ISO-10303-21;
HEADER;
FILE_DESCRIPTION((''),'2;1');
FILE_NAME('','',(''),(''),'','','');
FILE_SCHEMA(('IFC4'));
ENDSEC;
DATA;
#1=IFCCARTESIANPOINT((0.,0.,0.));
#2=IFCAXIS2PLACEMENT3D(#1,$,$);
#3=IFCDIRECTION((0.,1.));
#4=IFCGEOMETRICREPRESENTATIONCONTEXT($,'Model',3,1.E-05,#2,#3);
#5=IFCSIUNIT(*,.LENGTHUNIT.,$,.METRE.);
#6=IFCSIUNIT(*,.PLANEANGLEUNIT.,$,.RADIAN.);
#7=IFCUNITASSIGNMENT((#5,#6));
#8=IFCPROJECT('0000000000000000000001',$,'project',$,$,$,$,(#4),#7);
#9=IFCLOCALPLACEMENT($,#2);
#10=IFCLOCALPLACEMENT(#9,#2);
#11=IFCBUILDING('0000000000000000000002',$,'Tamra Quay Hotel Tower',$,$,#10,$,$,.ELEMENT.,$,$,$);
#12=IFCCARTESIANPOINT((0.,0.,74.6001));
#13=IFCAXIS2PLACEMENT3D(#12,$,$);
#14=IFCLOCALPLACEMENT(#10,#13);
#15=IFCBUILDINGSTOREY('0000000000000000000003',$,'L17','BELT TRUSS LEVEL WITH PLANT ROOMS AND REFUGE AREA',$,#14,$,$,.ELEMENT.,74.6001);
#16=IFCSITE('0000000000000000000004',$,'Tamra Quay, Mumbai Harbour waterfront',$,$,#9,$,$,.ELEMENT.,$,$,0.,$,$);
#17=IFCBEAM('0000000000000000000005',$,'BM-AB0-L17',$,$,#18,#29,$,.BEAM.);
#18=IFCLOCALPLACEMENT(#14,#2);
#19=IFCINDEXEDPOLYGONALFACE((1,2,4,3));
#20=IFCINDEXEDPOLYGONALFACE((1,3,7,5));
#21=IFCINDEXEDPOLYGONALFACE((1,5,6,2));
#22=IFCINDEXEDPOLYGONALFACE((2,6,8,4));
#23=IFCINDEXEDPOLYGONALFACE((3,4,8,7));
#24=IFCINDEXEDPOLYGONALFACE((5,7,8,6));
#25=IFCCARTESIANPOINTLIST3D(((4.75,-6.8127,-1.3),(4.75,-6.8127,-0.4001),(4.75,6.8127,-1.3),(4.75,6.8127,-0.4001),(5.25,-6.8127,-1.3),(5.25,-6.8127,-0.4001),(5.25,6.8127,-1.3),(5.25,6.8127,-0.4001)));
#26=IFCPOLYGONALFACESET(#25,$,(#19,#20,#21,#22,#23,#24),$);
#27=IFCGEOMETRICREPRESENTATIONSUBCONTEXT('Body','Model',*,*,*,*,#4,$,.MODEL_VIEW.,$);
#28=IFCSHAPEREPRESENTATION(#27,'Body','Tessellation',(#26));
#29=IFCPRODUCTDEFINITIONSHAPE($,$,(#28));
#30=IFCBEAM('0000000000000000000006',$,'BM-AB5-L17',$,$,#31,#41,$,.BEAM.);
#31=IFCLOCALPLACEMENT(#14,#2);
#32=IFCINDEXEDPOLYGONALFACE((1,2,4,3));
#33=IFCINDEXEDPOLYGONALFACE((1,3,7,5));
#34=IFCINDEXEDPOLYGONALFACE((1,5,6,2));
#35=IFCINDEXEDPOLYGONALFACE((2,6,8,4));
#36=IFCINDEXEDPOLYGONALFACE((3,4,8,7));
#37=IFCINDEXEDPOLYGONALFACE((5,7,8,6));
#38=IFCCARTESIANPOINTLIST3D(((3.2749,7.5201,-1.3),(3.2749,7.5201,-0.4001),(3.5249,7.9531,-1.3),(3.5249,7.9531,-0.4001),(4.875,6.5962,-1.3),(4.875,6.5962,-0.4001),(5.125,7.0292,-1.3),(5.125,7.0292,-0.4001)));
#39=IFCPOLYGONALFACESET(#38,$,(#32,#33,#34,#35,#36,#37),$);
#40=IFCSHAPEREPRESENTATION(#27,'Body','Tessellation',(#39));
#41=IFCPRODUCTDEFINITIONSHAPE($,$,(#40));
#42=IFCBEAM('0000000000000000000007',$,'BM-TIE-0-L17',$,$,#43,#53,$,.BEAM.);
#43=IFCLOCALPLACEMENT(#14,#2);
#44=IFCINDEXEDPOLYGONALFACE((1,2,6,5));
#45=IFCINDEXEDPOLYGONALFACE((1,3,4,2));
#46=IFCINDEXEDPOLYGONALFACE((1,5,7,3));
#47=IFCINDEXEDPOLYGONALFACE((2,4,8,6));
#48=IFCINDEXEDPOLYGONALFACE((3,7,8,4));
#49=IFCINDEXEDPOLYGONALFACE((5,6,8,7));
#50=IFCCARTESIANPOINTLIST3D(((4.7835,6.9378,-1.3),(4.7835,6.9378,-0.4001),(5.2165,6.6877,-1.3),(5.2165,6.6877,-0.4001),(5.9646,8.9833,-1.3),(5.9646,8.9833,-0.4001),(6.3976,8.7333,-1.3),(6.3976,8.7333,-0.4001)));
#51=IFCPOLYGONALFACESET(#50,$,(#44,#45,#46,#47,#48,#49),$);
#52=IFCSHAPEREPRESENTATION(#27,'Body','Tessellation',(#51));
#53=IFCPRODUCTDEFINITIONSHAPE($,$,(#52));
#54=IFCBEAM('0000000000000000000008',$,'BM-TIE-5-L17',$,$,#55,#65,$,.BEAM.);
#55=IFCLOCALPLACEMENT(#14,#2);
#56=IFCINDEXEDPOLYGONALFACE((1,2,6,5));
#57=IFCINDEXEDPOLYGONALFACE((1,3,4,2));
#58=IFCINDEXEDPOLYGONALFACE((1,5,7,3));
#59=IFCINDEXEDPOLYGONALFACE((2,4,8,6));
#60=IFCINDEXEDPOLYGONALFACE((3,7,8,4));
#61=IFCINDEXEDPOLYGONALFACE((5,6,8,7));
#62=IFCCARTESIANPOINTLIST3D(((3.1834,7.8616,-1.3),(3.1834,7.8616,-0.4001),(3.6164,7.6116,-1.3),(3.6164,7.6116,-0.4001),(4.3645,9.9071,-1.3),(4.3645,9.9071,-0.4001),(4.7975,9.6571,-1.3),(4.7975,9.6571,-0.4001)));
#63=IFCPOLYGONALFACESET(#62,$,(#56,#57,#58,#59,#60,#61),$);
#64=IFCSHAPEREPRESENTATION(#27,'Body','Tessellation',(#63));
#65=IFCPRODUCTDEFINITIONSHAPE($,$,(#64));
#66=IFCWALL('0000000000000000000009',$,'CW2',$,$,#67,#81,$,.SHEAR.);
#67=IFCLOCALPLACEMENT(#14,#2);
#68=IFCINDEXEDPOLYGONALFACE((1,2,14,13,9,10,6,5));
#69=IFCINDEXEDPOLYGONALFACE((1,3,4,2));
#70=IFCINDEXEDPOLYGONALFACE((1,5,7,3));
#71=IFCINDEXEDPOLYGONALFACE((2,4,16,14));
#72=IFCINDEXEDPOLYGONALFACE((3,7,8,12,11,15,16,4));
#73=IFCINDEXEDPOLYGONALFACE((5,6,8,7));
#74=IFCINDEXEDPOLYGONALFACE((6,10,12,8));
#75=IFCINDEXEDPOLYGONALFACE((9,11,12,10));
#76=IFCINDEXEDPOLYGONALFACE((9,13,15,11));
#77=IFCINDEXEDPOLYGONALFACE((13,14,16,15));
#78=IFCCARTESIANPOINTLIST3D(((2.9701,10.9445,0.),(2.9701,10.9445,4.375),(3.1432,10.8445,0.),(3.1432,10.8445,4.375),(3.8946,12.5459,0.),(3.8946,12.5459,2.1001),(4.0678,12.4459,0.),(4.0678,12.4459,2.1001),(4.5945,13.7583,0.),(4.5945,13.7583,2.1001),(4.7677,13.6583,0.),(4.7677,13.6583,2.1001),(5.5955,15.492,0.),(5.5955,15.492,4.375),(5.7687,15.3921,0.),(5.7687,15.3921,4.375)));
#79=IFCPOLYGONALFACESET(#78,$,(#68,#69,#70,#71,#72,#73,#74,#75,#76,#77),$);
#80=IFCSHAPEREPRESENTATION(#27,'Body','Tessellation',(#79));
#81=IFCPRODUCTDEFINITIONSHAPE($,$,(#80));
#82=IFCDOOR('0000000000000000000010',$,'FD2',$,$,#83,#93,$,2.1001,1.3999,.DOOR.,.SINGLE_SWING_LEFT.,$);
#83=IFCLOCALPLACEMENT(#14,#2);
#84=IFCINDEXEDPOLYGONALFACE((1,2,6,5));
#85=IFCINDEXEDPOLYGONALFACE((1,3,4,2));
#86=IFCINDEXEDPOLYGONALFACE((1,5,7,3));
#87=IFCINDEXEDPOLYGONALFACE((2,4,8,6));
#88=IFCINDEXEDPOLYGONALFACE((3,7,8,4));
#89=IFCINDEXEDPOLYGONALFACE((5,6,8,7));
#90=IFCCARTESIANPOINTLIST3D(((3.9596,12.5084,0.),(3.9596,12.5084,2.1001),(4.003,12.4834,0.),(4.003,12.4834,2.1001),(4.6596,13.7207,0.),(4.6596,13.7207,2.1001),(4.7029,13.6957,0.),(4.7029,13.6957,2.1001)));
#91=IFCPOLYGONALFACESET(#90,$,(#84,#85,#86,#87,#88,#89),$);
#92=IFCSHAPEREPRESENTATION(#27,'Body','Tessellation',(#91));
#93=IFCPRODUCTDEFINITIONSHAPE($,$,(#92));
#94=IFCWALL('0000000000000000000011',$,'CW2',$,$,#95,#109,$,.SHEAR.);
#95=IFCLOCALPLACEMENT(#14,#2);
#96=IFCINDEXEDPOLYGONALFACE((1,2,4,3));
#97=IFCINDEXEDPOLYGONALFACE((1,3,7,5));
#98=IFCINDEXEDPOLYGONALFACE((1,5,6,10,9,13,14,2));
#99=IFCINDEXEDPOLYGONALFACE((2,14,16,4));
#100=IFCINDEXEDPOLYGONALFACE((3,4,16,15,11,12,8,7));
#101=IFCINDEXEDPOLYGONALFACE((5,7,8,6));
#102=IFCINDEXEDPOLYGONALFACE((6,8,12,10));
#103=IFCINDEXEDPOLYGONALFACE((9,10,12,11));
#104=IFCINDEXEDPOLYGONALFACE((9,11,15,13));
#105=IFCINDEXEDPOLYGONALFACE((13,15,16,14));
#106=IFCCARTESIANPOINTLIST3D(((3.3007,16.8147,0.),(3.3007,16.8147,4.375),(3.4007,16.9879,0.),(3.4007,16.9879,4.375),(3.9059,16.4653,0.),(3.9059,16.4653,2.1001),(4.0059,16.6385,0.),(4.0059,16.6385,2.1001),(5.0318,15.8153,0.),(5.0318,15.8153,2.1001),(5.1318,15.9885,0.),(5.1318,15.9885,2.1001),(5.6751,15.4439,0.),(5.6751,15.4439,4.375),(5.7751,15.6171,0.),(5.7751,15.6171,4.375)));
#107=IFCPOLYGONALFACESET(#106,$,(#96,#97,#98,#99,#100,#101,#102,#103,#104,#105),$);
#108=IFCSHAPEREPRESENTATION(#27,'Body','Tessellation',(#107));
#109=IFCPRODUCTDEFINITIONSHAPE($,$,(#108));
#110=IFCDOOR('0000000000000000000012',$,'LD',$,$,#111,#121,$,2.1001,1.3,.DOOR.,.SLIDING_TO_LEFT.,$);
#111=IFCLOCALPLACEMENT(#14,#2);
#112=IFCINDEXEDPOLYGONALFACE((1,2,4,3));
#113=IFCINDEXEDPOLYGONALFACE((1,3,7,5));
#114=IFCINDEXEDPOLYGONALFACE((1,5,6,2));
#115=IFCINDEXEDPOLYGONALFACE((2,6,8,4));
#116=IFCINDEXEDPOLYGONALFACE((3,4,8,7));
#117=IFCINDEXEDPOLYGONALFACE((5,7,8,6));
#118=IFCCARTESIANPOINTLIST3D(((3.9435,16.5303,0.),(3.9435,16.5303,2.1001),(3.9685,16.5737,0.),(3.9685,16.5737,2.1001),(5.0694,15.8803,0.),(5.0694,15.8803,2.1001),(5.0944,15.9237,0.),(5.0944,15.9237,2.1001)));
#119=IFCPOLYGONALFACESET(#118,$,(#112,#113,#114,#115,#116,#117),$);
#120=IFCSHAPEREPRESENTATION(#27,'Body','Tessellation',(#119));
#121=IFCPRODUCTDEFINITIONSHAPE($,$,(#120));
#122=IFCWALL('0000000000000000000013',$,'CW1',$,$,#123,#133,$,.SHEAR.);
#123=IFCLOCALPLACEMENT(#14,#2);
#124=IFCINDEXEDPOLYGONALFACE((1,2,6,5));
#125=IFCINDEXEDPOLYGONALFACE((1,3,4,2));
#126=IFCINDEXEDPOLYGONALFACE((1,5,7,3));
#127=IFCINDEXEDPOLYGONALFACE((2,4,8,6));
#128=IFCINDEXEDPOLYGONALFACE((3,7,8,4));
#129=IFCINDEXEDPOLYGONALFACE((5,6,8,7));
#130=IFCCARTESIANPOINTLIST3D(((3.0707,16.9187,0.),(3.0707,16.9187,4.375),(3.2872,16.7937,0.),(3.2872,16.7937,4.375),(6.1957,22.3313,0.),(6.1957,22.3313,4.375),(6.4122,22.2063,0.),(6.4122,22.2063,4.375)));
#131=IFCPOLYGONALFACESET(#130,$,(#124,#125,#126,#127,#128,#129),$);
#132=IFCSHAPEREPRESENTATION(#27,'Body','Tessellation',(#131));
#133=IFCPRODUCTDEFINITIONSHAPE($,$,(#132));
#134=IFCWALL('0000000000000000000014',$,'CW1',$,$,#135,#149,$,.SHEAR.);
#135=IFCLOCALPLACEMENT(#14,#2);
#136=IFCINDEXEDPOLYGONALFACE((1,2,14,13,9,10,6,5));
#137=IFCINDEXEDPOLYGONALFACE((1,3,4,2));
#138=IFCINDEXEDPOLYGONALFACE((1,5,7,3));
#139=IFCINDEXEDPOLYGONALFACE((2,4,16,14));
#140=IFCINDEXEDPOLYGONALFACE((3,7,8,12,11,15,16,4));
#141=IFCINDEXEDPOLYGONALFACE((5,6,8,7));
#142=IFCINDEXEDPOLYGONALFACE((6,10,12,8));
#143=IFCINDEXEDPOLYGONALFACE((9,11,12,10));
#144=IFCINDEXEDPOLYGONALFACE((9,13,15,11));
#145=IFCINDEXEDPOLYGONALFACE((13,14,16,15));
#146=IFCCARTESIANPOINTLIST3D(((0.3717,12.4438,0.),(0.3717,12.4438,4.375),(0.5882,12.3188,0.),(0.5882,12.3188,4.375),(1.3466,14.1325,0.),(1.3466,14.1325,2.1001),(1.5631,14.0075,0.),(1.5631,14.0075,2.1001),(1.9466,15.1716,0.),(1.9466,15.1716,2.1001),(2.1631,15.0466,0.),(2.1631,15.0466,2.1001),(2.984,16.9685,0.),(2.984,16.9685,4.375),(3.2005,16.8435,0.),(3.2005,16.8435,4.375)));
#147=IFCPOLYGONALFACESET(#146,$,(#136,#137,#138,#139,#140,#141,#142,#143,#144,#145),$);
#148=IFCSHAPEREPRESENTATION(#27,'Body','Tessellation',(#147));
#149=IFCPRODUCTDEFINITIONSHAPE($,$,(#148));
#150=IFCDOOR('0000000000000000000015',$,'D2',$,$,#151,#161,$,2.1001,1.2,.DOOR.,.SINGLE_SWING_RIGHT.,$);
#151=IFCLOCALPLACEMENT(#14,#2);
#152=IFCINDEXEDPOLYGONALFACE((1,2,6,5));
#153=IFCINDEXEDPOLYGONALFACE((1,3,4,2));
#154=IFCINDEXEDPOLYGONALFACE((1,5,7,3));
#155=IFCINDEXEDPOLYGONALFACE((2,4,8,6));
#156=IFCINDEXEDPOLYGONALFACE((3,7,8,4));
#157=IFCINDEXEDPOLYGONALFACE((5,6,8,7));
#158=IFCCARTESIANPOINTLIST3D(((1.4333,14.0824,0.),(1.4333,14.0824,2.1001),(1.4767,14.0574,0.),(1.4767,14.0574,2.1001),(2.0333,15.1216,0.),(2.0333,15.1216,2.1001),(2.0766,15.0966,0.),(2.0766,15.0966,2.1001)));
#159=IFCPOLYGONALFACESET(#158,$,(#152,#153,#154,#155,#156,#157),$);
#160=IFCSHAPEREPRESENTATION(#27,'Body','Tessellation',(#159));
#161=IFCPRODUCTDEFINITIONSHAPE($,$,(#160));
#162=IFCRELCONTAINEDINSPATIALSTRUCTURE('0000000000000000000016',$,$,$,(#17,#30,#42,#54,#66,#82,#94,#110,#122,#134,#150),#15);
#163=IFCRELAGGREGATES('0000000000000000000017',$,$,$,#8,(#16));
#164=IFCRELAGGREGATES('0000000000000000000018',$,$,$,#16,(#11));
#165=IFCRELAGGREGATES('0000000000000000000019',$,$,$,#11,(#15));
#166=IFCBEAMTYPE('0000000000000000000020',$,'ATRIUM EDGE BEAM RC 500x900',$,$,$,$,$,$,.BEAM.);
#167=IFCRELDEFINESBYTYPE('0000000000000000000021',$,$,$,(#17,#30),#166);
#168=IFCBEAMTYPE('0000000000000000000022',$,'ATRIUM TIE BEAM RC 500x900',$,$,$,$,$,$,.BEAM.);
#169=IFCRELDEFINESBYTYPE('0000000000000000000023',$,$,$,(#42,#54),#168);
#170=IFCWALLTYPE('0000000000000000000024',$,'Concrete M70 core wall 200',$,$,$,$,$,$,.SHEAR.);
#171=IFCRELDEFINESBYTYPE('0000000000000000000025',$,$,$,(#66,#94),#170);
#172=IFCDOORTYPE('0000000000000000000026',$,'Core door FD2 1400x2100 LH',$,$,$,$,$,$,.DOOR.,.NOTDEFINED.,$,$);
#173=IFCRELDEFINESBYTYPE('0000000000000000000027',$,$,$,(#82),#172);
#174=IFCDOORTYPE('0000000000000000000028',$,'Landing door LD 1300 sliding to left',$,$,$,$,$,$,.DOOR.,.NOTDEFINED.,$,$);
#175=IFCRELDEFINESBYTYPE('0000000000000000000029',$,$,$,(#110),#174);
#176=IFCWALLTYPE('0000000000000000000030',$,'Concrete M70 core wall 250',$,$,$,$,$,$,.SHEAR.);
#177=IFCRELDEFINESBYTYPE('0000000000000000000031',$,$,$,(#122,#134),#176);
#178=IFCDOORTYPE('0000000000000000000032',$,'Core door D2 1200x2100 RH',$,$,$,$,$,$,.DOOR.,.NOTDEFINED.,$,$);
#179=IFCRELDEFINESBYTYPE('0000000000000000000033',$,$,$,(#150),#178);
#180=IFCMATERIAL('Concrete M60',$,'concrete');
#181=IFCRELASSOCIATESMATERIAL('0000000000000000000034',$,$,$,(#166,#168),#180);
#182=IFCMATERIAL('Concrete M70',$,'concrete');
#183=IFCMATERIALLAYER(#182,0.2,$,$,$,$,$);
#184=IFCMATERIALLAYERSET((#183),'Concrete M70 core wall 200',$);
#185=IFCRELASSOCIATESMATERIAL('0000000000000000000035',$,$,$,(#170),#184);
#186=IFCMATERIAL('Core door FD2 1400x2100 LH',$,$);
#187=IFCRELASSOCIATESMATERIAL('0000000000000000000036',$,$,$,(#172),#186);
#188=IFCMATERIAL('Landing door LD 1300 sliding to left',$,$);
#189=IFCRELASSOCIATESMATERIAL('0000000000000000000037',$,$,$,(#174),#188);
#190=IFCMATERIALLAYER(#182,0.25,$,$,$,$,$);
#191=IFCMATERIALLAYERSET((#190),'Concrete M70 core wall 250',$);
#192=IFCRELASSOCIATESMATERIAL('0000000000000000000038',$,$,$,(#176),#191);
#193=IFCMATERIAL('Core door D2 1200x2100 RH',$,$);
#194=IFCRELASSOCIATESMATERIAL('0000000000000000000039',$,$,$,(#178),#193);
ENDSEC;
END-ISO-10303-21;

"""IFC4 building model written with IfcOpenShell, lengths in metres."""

from ifc_helpers import new_model, si_unit, direction, frame, frame_2d, origin, origin_2d, place, context, subcontext, project, spatial, rectangle, extrude, material, layer, layer_set, material_profile, profile_set, type_object, element, fill, save


model = new_model("IFC4")

# Units and contexts
model_context = context("Model", 3, precision=1e-05, world=origin(), true_north=direction((0.0, 1.0)))
body_context = subcontext(model_context, "Body", "Model", "MODEL_VIEW")
ifc_project = project(units=[si_unit("LENGTHUNIT", "METRE"), si_unit("PLANEANGLEUNIT", "RADIAN")], contexts=[model_context])

# Site, building, storey
site_placement = place(None, origin())
site = spatial("IfcSite", under=ifc_project, at=site_placement, Name="Tamra Quay, Mumbai Harbour waterfront", CompositionType="ELEMENT", RefElevation=0.0)
building_placement = place(site_placement, origin())
building = spatial("IfcBuilding", under=site, at=building_placement, Name="Tamra Quay Hotel Tower", CompositionType="ELEMENT")
storey_placement = place(building_placement, frame((0.0, 0.0, 74.6001)))
storey = spatial("IfcBuildingStorey", under=building, at=storey_placement, Name="L17", Description="BELT TRUSS LEVEL WITH PLANT ROOMS AND REFUGE AREA", CompositionType="ELEMENT", Elevation=74.6001)

# Beams
ifc_material_1 = material(Name="Concrete M60", Category="concrete")
ifc_material_profile_1 = material_profile(ifc_material_1, rectangle(XDim=0.5, YDim=0.8999, at=origin_2d()), Name="ATRIUM EDGE BEAM RC 500x900")
ifc_profile_set_1 = profile_set([ifc_material_profile_1], Name="Concrete M60")
beam_type_1 = type_object("IfcBeamType", Name="ATRIUM EDGE BEAM RC 500x900", PredefinedType="BEAM", material=ifc_profile_set_1)
beam_1_placement = place(storey_placement, frame((5.0, 6.8127, -0.8501), z_axis=(0.0, -1.0, 0.0), x_axis=(1.0, 0.0, 0.0)))
element("IfcBeam", 1, at=beam_1_placement, inside=storey, type_object=beam_type_1, Name="BM-AB0-L17", PredefinedType="BEAM", context=body_context, shape_type="SweptSolid", body=[
    extrude(rectangle(XDim=0.5, YDim=0.8999, at=origin_2d()), origin(), (0.0, 0.0, 1.0), 13.6255),
])
beam_2_placement = place(storey_placement, frame((3.3999, 7.7366, -0.8501), z_axis=(0.866023, -0.500005, 0.0), x_axis=(0.500005, 0.866023, 0.0)))
element("IfcBeam", 2, at=beam_2_placement, inside=storey, type_object=beam_type_1, Name="BM-AB5-L17", PredefinedType="BEAM", context=body_context, shape_type="SweptSolid", body=[
    extrude(rectangle(XDim=0.5, YDim=0.8999, at=origin_2d()), origin(), (0.0, 0.0, 1.0), 1.8477),
])
ifc_material_profile_2 = material_profile(ifc_material_1, rectangle(XDim=0.5, YDim=0.8999, at=origin_2d()), Name="ATRIUM TIE BEAM RC 500x900")
ifc_profile_set_2 = profile_set([ifc_material_profile_2], Name="Concrete M60")
beam_type_2 = type_object("IfcBeamType", Name="ATRIUM TIE BEAM RC 500x900", PredefinedType="BEAM", material=ifc_profile_set_2)
for number, where, z_axis, x_axis, name in (
    (3, (5.0, 6.8127, -0.8501), (0.50003, 0.866008, 0.0), (-0.866008, 0.50003, 0.0), "BM-TIE-0-L17"),
    (4, (3.3999, 7.7366, -0.8501), (0.50003, 0.866008, 0.0), (-0.866008, 0.50003, 0.0), "BM-TIE-5-L17"),
):
    element("IfcBeam", number, at=place(storey_placement, frame(where, z_axis=z_axis, x_axis=x_axis)), inside=storey, type_object=beam_type_2, Name=name, PredefinedType="BEAM", context=body_context, shape_type="SweptSolid", body=[
        extrude(rectangle(XDim=0.5, YDim=0.8999, at=origin_2d()), origin(), (0.0, 0.0, 1.0), 2.3621),
    ])

# Walls, openings, doors
ifc_material_2 = material(Name="Concrete M70", Category="concrete")
ifc_layer_1 = layer(ifc_material_2, 0.2)
ifc_layer_set_1 = layer_set([ifc_layer_1], Name="Concrete M70 core wall 200")
wall_type_1 = type_object("IfcWallType", Name="Concrete M70 core wall 200", PredefinedType="SHEAR", material=ifc_layer_set_1)
wall_1_placement = place(storey_placement, frame((3.0566, 10.8945, 0.0), z_axis=(0.0, 0.0, 1.0), x_axis=(0.499989, 0.866032, 0.0)))
wall_1 = element("IfcWall", 5, at=wall_1_placement, inside=storey, type_object=wall_type_1, Name="CW2", PredefinedType="SHEAR", context=body_context, shape_type="SweptSolid", body=[
    extrude(rectangle(XDim=5.251, YDim=0.2, at=frame_2d((2.6255, 0.0))), origin(), (0.0, 0.0, 1.0), 4.375),
])
opening_1_placement = place(wall_1_placement, frame((1.8491, 0.0, 0.0)))
opening_1 = element("IfcOpeningElement", 6, at=opening_1_placement, cuts=wall_1, PredefinedType="OPENING", context=body_context, shape_type="SweptSolid", body=[
    extrude(rectangle(XDim=1.3999, YDim=2.1001, at=frame_2d((0.7, 1.05))), frame((0.0, 0.1099, 0.0), z_axis=(0.0, -1.0, 0.0), x_axis=(1.0, 0.0, 0.0)), (0.0, 0.0, 1.0), 0.22),
])
ifc_material_3 = material(Name="Core door FD2 1400x2100 LH")
door_type_1 = type_object("IfcDoorType", Name="Core door FD2 1400x2100 LH", OperationType="NOTDEFINED", PredefinedType="DOOR", material=ifc_material_3)
door_1_placement = place(opening_1_placement, origin())
door_1 = element("IfcDoor", 7, at=door_1_placement, inside=storey, type_object=door_type_1, Name="FD2", OperationType="SINGLE_SWING_LEFT", OverallHeight=2.1001, OverallWidth=1.3999, PredefinedType="DOOR", context=body_context, shape_type="SweptSolid", body=[
    extrude(rectangle(XDim=1.3999, YDim=2.1001, at=frame_2d((0.7, 1.05))), frame((0.0, 0.0249, 0.0), z_axis=(0.0, -1.0, 0.0), x_axis=(1.0, 0.0, 0.0)), (0.0, 0.0, 1.0), 0.05),
])
fill(opening_1, door_1)
wall_2_placement = place(storey_placement, frame((5.7251, 15.5305, 0.0), z_axis=(0.0, 0.0, 1.0), x_axis=(-0.866037, 0.499979, 0.0)))
wall_2 = element("IfcWall", 8, at=wall_2_placement, inside=storey, type_object=wall_type_1, Name="CW2", PredefinedType="SHEAR", context=body_context, shape_type="SweptSolid", body=[
    extrude(rectangle(XDim=2.7417, YDim=0.2, at=frame_2d((1.3708, 0.0))), origin(), (0.0, 0.0, 1.0), 4.375),
])
opening_2_placement = place(wall_2_placement, frame((0.7429, 0.0, 0.0)))
opening_2 = element("IfcOpeningElement", 9, at=opening_2_placement, cuts=wall_2, PredefinedType="OPENING", context=body_context, shape_type="SweptSolid", body=[
    extrude(rectangle(XDim=1.3, YDim=2.1001, at=frame_2d((0.6499, 1.05))), frame((0.0, 0.1099, 0.0), z_axis=(0.0, -1.0, 0.0), x_axis=(1.0, 0.0, 0.0)), (0.0, 0.0, 1.0), 0.22),
])
ifc_material_4 = material(Name="Landing door LD 1300 sliding to left")
door_type_2 = type_object("IfcDoorType", Name="Landing door LD 1300 sliding to left", OperationType="NOTDEFINED", PredefinedType="DOOR", material=ifc_material_4)
door_2_placement = place(opening_2_placement, origin())
door_2 = element("IfcDoor", 10, at=door_2_placement, inside=storey, type_object=door_type_2, Name="LD", OperationType="SLIDING_TO_LEFT", OverallHeight=2.1001, OverallWidth=1.3, PredefinedType="DOOR", context=body_context, shape_type="SweptSolid", body=[
    extrude(rectangle(XDim=1.3, YDim=2.1001, at=frame_2d((0.6499, 1.05))), frame((0.0, 0.0249, 0.0), z_axis=(0.0, -1.0, 0.0), x_axis=(1.0, 0.0, 0.0)), (0.0, 0.0, 1.0), 0.05),
])
fill(opening_2, door_2)

# Wall
ifc_layer_2 = layer(ifc_material_2, 0.25)
ifc_layer_set_2 = layer_set([ifc_layer_2], Name="Concrete M70 core wall 250")
wall_type_2 = type_object("IfcWallType", Name="Concrete M70 core wall 250", PredefinedType="SHEAR", material=ifc_layer_set_2)
wall_3_placement = place(storey_placement, frame((3.179, 16.8562, 0.0), z_axis=(0.0, 0.0, 1.0), x_axis=(0.500004, 0.866023, 0.0)))
element("IfcWall", 11, at=wall_3_placement, inside=storey, type_object=wall_type_2, Name="CW1", PredefinedType="SHEAR", context=body_context, shape_type="SweptSolid", body=[
    extrude(rectangle(XDim=6.25, YDim=0.25, at=frame_2d((3.125, 0.0))), origin(), (0.0, 0.0, 1.0), 4.375),
])

# Wall, opening, door
wall_4_placement = place(storey_placement, frame((0.48, 12.3813, 0.0), z_axis=(0.0, 0.0, 1.0), x_axis=(0.499999, 0.866026, 0.0)))
wall_4 = element("IfcWall", 12, at=wall_4_placement, inside=storey, type_object=wall_type_2, Name="CW1", PredefinedType="SHEAR", context=body_context, shape_type="SweptSolid", body=[
    extrude(rectangle(XDim=5.2246, YDim=0.25, at=frame_2d((2.6123, 0.0))), origin(), (0.0, 0.0, 1.0), 4.375),
])
opening_3_placement = place(wall_4_placement, frame((1.9497, 0.0, 0.0)))
opening_3 = element("IfcOpeningElement", 13, at=opening_3_placement, cuts=wall_4, PredefinedType="OPENING", context=body_context, shape_type="SweptSolid", body=[
    extrude(rectangle(XDim=1.2, YDim=2.1001, at=frame_2d((0.6001, 1.05))), frame((0.0, 0.135, 0.0), z_axis=(0.0, -1.0, 0.0), x_axis=(1.0, 0.0, 0.0)), (0.0, 0.0, 1.0), 0.27),
])
ifc_material_5 = material(Name="Core door D2 1200x2100 RH")
door_type_3 = type_object("IfcDoorType", Name="Core door D2 1200x2100 RH", OperationType="NOTDEFINED", PredefinedType="DOOR", material=ifc_material_5)
door_3_placement = place(opening_3_placement, origin())
door_3 = element("IfcDoor", 14, at=door_3_placement, inside=storey, type_object=door_type_3, Name="D2", OperationType="SINGLE_SWING_RIGHT", OverallHeight=2.1001, OverallWidth=1.2, PredefinedType="DOOR", context=body_context, shape_type="SweptSolid", body=[
    extrude(rectangle(XDim=1.2, YDim=2.1001, at=frame_2d((0.6001, 1.05))), frame((0.0, 0.0249, 0.0), z_axis=(0.0, -1.0, 0.0), x_axis=(1.0, 0.0, 0.0)), (0.0, 0.0, 1.0), 0.05),
])
fill(opening_3, door_3)

save(model, "model.ifc")
